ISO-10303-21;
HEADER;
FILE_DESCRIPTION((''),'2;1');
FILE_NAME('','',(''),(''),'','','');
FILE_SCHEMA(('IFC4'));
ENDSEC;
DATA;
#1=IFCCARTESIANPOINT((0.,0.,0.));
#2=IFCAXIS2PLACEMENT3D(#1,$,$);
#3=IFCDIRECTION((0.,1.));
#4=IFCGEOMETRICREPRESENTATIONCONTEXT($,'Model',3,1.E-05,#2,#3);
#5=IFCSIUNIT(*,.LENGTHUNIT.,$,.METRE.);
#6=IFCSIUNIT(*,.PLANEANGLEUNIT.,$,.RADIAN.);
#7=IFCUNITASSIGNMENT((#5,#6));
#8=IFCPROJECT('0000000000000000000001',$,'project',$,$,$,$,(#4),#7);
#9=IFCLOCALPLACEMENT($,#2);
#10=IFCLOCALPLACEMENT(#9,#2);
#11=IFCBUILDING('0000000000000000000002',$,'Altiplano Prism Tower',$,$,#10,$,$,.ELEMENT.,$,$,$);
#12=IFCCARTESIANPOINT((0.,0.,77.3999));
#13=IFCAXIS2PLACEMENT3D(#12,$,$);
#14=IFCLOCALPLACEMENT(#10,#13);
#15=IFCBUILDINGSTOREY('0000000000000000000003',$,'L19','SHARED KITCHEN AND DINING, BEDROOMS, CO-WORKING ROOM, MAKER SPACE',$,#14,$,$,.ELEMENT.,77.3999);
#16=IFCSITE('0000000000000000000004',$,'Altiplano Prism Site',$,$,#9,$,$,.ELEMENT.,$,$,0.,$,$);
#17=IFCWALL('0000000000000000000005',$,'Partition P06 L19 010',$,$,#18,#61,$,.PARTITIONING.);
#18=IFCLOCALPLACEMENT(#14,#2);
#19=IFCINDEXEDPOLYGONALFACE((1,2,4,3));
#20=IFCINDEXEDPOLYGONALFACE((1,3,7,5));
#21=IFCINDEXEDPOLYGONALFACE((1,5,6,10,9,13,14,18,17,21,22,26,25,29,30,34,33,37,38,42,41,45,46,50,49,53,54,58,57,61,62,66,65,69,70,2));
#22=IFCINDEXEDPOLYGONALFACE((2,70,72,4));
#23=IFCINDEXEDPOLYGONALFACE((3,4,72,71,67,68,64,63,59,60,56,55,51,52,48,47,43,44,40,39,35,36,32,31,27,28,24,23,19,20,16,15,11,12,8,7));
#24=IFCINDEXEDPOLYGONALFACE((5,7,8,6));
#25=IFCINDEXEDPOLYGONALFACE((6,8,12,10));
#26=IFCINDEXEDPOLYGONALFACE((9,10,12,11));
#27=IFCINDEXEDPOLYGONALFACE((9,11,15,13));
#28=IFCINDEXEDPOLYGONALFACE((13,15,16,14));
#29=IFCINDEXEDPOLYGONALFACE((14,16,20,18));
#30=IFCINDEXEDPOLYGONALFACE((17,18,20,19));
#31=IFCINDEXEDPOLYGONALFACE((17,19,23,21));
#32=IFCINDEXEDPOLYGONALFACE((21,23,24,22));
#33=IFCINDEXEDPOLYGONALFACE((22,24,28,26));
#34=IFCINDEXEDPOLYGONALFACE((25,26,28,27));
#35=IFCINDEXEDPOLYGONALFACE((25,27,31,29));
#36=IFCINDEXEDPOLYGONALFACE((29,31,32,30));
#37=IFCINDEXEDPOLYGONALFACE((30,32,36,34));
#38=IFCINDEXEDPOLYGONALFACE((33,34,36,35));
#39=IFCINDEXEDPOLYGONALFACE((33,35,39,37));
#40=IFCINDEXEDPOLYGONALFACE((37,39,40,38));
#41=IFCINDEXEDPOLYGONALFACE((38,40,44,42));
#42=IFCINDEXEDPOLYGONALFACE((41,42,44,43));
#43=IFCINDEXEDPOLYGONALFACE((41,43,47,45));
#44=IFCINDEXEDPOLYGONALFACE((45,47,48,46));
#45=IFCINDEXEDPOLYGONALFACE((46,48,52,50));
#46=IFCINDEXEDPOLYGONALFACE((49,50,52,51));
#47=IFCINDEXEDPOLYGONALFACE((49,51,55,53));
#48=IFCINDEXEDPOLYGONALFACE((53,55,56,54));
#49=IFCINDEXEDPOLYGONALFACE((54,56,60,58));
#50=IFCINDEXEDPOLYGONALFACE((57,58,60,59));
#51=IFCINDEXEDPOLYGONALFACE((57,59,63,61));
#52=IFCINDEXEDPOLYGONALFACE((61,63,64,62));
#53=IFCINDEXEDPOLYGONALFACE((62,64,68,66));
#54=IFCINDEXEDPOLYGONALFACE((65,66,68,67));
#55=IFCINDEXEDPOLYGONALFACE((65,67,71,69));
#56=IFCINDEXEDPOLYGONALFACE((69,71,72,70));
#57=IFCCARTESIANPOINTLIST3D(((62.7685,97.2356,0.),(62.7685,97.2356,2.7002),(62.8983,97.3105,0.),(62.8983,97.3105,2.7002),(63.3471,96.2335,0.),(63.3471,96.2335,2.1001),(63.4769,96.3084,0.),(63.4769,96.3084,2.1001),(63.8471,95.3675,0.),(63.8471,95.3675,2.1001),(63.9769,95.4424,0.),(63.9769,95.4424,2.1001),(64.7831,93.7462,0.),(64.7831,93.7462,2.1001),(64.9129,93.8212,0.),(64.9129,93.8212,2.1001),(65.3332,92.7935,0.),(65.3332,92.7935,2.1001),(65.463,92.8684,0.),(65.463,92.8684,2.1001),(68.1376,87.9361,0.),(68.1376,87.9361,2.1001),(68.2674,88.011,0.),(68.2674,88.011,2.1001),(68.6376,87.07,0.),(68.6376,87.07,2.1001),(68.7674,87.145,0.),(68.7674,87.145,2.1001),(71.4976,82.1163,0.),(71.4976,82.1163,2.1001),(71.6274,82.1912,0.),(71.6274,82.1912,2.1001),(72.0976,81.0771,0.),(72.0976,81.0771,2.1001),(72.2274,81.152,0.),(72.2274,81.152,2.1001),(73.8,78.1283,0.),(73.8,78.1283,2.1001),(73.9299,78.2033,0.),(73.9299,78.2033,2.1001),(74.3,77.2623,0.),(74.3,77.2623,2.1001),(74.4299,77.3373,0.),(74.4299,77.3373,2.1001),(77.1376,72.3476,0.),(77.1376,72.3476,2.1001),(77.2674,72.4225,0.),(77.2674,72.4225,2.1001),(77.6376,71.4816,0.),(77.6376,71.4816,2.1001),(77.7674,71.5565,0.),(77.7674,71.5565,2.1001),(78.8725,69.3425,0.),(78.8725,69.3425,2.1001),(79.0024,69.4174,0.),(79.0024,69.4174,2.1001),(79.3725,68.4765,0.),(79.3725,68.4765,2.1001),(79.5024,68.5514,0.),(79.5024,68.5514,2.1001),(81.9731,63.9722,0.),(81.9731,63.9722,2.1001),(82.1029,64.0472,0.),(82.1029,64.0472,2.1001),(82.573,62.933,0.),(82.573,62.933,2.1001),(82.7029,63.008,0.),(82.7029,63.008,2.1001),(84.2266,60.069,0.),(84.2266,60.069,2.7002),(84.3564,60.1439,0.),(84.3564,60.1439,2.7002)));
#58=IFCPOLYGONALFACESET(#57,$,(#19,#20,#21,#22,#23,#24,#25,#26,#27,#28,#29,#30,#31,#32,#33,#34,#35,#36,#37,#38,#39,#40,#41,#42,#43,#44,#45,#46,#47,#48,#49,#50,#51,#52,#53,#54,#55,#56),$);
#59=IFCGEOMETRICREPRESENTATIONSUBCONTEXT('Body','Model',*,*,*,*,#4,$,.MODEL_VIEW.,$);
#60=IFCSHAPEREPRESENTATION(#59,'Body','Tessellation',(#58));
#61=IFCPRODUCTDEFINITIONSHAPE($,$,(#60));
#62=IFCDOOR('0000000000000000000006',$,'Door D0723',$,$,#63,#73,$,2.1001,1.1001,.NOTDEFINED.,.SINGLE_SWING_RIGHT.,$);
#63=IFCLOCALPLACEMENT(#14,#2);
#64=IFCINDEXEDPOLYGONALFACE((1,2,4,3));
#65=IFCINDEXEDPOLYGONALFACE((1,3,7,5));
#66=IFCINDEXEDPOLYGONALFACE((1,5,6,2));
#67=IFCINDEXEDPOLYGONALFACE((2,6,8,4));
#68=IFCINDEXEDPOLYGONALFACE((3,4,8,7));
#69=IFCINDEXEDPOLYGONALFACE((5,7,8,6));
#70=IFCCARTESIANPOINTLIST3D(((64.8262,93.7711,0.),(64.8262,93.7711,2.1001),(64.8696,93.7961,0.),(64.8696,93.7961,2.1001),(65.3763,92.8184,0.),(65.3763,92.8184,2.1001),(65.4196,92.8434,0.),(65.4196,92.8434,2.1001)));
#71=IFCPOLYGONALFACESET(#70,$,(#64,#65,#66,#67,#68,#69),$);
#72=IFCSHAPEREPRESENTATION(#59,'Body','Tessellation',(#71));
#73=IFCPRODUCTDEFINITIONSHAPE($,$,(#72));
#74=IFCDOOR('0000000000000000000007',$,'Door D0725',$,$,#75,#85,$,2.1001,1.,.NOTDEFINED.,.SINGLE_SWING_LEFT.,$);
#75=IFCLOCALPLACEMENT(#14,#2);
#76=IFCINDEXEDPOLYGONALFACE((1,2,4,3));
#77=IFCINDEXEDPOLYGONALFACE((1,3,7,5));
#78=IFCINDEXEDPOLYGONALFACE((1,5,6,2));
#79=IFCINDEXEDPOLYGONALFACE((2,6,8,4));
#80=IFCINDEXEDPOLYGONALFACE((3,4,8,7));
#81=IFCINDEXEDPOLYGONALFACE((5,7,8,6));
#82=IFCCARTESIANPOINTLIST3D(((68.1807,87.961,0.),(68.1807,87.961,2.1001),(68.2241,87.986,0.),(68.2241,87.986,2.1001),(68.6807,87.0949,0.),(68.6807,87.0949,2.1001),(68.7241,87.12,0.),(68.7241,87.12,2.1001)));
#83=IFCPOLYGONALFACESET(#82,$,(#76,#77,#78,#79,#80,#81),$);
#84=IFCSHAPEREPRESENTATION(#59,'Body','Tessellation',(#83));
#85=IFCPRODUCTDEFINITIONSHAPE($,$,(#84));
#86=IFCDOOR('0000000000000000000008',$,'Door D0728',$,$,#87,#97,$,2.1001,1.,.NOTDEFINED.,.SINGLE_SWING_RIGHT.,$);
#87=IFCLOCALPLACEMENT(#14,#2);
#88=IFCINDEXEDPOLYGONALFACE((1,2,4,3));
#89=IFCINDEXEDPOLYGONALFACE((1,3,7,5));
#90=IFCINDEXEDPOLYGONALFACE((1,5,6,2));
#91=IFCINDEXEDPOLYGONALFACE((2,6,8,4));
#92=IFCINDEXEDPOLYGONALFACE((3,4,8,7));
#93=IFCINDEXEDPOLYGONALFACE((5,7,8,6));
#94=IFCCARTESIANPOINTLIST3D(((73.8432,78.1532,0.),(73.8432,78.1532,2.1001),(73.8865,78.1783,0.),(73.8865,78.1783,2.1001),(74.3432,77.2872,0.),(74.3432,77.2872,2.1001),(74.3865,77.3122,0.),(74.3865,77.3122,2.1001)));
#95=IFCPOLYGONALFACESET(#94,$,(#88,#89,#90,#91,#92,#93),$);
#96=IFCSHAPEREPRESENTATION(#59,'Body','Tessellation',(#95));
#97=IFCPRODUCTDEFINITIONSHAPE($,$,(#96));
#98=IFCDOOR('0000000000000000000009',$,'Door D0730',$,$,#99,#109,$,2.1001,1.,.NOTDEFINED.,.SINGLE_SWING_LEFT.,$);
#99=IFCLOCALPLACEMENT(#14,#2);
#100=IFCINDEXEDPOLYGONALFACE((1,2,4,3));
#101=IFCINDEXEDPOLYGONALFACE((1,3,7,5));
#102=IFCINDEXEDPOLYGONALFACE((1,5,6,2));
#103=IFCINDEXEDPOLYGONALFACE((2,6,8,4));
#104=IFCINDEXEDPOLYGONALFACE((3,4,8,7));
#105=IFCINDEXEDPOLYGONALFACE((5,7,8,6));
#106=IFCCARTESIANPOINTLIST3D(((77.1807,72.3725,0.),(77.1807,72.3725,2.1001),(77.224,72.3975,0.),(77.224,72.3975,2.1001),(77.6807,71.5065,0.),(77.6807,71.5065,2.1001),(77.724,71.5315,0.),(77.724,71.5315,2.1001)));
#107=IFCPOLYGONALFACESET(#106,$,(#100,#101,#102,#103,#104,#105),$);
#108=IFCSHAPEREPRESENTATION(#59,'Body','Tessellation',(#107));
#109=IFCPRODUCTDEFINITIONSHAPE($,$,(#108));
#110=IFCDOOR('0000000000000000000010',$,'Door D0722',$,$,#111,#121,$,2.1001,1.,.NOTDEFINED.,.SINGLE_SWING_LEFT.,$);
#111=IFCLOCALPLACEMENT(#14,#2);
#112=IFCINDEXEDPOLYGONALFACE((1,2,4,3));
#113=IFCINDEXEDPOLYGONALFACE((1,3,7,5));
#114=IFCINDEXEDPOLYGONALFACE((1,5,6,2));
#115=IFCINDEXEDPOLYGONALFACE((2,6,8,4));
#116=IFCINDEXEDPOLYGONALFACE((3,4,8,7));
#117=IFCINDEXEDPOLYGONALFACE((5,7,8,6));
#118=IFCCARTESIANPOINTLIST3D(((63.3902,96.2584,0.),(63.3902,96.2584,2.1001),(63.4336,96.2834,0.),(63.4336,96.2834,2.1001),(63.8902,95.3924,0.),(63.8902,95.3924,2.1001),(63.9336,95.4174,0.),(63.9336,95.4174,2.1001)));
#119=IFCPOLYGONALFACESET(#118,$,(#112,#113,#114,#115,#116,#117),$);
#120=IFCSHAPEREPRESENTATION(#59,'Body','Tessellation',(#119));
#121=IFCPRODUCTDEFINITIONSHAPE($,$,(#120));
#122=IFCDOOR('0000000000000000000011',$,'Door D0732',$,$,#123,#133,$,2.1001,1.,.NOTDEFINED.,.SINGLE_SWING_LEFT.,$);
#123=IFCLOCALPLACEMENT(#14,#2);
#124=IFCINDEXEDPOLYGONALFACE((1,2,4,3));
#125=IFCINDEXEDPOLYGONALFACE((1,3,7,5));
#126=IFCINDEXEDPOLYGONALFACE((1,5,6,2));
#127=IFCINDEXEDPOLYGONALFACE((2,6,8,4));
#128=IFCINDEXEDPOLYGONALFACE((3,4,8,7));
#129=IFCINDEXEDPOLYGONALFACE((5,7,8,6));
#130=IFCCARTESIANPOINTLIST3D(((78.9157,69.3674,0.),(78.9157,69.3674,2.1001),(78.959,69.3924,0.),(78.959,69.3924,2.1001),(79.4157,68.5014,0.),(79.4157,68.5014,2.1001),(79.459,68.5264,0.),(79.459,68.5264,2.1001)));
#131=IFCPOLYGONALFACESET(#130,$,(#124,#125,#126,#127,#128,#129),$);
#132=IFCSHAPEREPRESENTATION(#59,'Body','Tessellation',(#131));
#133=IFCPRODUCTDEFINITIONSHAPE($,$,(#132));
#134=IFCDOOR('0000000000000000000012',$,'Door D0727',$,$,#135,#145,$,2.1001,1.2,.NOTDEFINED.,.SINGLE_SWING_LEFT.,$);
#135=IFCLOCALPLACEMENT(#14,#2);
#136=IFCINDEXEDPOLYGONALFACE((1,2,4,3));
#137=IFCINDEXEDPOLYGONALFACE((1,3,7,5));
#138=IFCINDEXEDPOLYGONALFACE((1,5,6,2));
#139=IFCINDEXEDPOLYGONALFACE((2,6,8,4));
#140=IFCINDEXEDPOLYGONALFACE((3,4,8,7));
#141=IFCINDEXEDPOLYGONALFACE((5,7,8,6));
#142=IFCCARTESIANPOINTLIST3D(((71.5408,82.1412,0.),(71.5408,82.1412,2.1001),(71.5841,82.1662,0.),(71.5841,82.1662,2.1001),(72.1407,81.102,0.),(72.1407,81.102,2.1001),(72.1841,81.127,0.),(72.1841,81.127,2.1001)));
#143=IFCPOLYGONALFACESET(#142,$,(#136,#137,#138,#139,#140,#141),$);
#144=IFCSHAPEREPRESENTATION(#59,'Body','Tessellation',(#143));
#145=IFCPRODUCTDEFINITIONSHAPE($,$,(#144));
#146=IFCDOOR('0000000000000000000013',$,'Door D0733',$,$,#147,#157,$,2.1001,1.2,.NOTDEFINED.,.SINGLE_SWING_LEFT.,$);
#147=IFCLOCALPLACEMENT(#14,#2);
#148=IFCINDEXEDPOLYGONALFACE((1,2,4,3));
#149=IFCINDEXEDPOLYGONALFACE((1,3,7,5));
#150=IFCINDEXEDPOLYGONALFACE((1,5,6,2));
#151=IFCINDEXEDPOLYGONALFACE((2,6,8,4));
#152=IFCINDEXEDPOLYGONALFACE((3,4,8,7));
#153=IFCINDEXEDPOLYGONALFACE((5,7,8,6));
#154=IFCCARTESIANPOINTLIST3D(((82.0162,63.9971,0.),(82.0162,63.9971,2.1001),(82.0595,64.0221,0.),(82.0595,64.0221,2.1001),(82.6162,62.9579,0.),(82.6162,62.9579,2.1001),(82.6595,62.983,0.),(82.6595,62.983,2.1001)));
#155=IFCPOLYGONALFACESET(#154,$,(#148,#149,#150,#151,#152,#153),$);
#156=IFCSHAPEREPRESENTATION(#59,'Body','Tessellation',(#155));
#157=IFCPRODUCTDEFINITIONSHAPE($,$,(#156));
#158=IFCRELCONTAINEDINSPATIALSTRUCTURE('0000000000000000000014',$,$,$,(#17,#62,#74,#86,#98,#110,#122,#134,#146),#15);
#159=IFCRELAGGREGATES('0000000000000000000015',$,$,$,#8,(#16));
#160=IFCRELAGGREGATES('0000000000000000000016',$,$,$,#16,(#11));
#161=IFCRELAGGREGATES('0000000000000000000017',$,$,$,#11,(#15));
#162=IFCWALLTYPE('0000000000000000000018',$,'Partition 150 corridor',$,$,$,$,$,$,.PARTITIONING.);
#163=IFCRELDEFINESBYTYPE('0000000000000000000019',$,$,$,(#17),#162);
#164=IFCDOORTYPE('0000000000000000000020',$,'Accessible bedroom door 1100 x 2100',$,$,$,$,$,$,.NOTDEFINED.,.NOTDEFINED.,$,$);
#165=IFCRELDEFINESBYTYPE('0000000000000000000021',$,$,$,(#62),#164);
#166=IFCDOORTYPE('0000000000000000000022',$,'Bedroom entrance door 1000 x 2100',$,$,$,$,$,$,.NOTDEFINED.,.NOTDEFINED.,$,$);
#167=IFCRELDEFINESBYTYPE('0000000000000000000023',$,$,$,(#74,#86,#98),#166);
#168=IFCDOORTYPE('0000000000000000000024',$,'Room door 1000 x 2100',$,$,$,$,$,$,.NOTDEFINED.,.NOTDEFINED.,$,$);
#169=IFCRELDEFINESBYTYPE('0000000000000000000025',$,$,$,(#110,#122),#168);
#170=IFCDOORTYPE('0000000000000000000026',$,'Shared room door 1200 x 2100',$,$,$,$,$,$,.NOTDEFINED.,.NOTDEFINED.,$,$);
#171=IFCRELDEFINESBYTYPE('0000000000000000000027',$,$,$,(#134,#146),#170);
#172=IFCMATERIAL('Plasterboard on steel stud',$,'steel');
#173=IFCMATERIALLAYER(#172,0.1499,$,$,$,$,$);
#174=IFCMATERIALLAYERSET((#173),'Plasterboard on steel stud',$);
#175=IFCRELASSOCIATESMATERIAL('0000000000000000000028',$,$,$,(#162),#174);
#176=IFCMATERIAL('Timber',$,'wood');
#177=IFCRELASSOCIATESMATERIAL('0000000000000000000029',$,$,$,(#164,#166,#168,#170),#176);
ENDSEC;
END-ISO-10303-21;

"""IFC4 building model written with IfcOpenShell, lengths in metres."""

from ifc_helpers import new_model, si_unit, direction, frame, frame_2d, origin, place, context, subcontext, project, spatial, rectangle, extrude, material, layer, layer_set, type_object, element, fill, save


model = new_model("IFC4")

# Units and contexts
model_context = context("Model", 3, precision=1e-05, world=origin(), true_north=direction((0.0, 1.0)))
body_context = subcontext(model_context, "Body", "Model", "MODEL_VIEW")
ifc_project = project(units=[si_unit("LENGTHUNIT", "METRE"), si_unit("PLANEANGLEUNIT", "RADIAN")], contexts=[model_context])

# Site, building, storey
site_placement = place(None, origin())
site = spatial("IfcSite", under=ifc_project, at=site_placement, Name="Altiplano Prism Site", CompositionType="ELEMENT", RefElevation=0.0)
building_placement = place(site_placement, origin())
building = spatial("IfcBuilding", under=site, at=building_placement, Name="Altiplano Prism Tower", CompositionType="ELEMENT")
storey_placement = place(building_placement, frame((0.0, 0.0, 77.3999)))
storey = spatial("IfcBuildingStorey", under=building, at=storey_placement, Name="L19", Description="SHARED KITCHEN AND DINING, BEDROOMS, CO-WORKING ROOM, MAKER SPACE", CompositionType="ELEMENT", Elevation=77.3999)

# Shared definitions
ifc_material_1 = material(Name="Plasterboard on steel stud", Category="steel")

# Shared definitions
ifc_layer_1 = layer(ifc_material_1, 0.1499)
ifc_layer_set_1 = layer_set([ifc_layer_1], Name="Plasterboard on steel stud")
wall_type_1 = type_object("IfcWallType", Name="Partition 150 corridor", PredefinedType="PARTITIONING", material=ifc_layer_set_1)
ifc_material_2 = material(Name="Timber", Category="wood")

# Wall, openings, doors
wall_1_placement = place(storey_placement, frame((62.8335, 97.2729, 0.0), z_axis=(0.0, 0.0, 1.0), x_axis=(0.499999, -0.866026, 0.0)))
wall_1 = element("IfcWall", 1, at=wall_1_placement, inside=storey, type_object=wall_type_1, Name="Partition P06 L19 010", PredefinedType="PARTITIONING", context=body_context, shape_type="SweptSolid", body=[
    extrude(rectangle(XDim=42.9163, YDim=0.1499, at=frame_2d((21.458, 0.0))), origin(), (0.0, 0.0, 1.0), 2.7002),
])
opening_1_placement = place(wall_1_placement, frame((1.157, 0.0, 0.0)))
opening_1 = element("IfcOpeningElement", 2, at=opening_1_placement, cuts=wall_1, PredefinedType="OPENING", context=body_context, shape_type="SweptSolid", body=[
    extrude(rectangle(XDim=1.0, YDim=2.1001, at=frame_2d((0.5, 1.05))), frame((0.0, 0.0854, 0.0), z_axis=(0.0, -1.0, 0.0), x_axis=(1.0, 0.0, 0.0)), (0.0, 0.0, 1.0), 0.1709),
])
opening_2_placement = place(wall_1_placement, frame((4.0291, 0.0, 0.0)))
opening_2 = element("IfcOpeningElement", 3, at=opening_2_placement, cuts=wall_1, PredefinedType="OPENING", context=body_context, shape_type="SweptSolid", body=[
    extrude(rectangle(XDim=1.1001, YDim=2.1001, at=frame_2d((0.55, 1.05))), frame((0.0, 0.0854, 0.0), z_axis=(0.0, -1.0, 0.0), x_axis=(1.0, 0.0, 0.0)), (0.0, 0.0, 1.0), 0.1709),
])
opening_3_placement = place(wall_1_placement, frame((10.738, 0.0, 0.0)))
opening_3 = element("IfcOpeningElement", 4, at=opening_3_placement, cuts=wall_1, PredefinedType="OPENING", context=body_context, shape_type="SweptSolid", body=[
    extrude(rectangle(XDim=1.0, YDim=2.1001, at=frame_2d((0.5, 1.05))), frame((0.0, 0.0854, 0.0), z_axis=(0.0, -1.0, 0.0), x_axis=(1.0, 0.0, 0.0)), (0.0, 0.0, 1.0), 0.1709),
])
opening_4_placement = place(wall_1_placement, frame((17.458, 0.0, 0.0)))
opening_4 = element("IfcOpeningElement", 5, at=opening_4_placement, cuts=wall_1, PredefinedType="OPENING", context=body_context, shape_type="SweptSolid", body=[
    extrude(rectangle(XDim=1.2, YDim=2.1001, at=frame_2d((0.6001, 1.05))), frame((0.0, 0.0854, 0.0), z_axis=(0.0, -1.0, 0.0), x_axis=(1.0, 0.0, 0.0)), (0.0, 0.0, 1.0), 0.1709),
])
opening_5_placement = place(wall_1_placement, frame((22.063, 0.0, 0.0)))
opening_5 = element("IfcOpeningElement", 6, at=opening_5_placement, cuts=wall_1, PredefinedType="OPENING", context=body_context, shape_type="SweptSolid", body=[
    extrude(rectangle(XDim=1.0, YDim=2.1001, at=frame_2d((0.5, 1.05))), frame((0.0, 0.0854, 0.0), z_axis=(0.0, -1.0, 0.0), x_axis=(1.0, 0.0, 0.0)), (0.0, 0.0, 1.0), 0.1709),
])
opening_6_placement = place(wall_1_placement, frame((28.738, 0.0, 0.0)))
opening_6 = element("IfcOpeningElement", 7, at=opening_6_placement, cuts=wall_1, PredefinedType="OPENING", context=body_context, shape_type="SweptSolid", body=[
    extrude(rectangle(XDim=1.0, YDim=2.1001, at=frame_2d((0.5, 1.05))), frame((0.0, 0.0854, 0.0), z_axis=(0.0, -1.0, 0.0), x_axis=(1.0, 0.0, 0.0)), (0.0, 0.0, 1.0), 0.1709),
])
opening_7_placement = place(wall_1_placement, frame((32.208, 0.0, 0.0)))
opening_7 = element("IfcOpeningElement", 8, at=opening_7_placement, cuts=wall_1, PredefinedType="OPENING", context=body_context, shape_type="SweptSolid", body=[
    extrude(rectangle(XDim=1.0, YDim=2.1001, at=frame_2d((0.5, 1.05))), frame((0.0, 0.0854, 0.0), z_axis=(0.0, -1.0, 0.0), x_axis=(1.0, 0.0, 0.0)), (0.0, 0.0, 1.0), 0.1709),
])
opening_8_placement = place(wall_1_placement, frame((38.4089, 0.0, 0.0)))
opening_8 = element("IfcOpeningElement", 9, at=opening_8_placement, cuts=wall_1, PredefinedType="OPENING", context=body_context, shape_type="SweptSolid", body=[
    extrude(rectangle(XDim=1.2, YDim=2.1001, at=frame_2d((0.6001, 1.05))), frame((0.0, 0.0854, 0.0), z_axis=(0.0, -1.0, 0.0), x_axis=(1.0, 0.0, 0.0)), (0.0, 0.0, 1.0), 0.1709),
])
door_type_1 = type_object("IfcDoorType", Name="Accessible bedroom door 1100 x 2100", OperationType="NOTDEFINED", PredefinedType="NOTDEFINED", material=ifc_material_2)
door_1_placement = place(opening_2_placement, origin())
door_1 = element("IfcDoor", 10, at=door_1_placement, inside=storey, type_object=door_type_1, Name="Door D0723", OperationType="SINGLE_SWING_RIGHT", OverallHeight=2.1001, OverallWidth=1.1001, PredefinedType="NOTDEFINED", context=body_context, shape_type="SweptSolid", body=[
    extrude(rectangle(XDim=1.1001, YDim=2.1001, at=frame_2d((0.55, 1.05))), frame((0.0, 0.0249, 0.0), z_axis=(0.0, -1.0, 0.0), x_axis=(1.0, 0.0, 0.0)), (0.0, 0.0, 1.0), 0.05),
])
fill(opening_2, door_1)
door_type_2 = type_object("IfcDoorType", Name="Bedroom entrance door 1000 x 2100", OperationType="NOTDEFINED", PredefinedType="NOTDEFINED", material=ifc_material_2)
door_2_placement = place(opening_3_placement, origin())
door_2 = element("IfcDoor", 11, at=door_2_placement, inside=storey, type_object=door_type_2, Name="Door D0725", OperationType="SINGLE_SWING_LEFT", OverallHeight=2.1001, OverallWidth=1.0, PredefinedType="NOTDEFINED", context=body_context, shape_type="SweptSolid", body=[
    extrude(rectangle(XDim=1.0, YDim=2.1001, at=frame_2d((0.5, 1.05))), frame((0.0, 0.0249, 0.0), z_axis=(0.0, -1.0, 0.0), x_axis=(1.0, 0.0, 0.0)), (0.0, 0.0, 1.0), 0.05),
])
fill(opening_3, door_2)
door_3_placement = place(opening_5_placement, origin())
door_3 = element("IfcDoor", 12, at=door_3_placement, inside=storey, type_object=door_type_2, Name="Door D0728", OperationType="SINGLE_SWING_RIGHT", OverallHeight=2.1001, OverallWidth=1.0, PredefinedType="NOTDEFINED", context=body_context, shape_type="SweptSolid", body=[
    extrude(rectangle(XDim=1.0, YDim=2.1001, at=frame_2d((0.5, 1.05))), frame((0.0, 0.0249, 0.0), z_axis=(0.0, -1.0, 0.0), x_axis=(1.0, 0.0, 0.0)), (0.0, 0.0, 1.0), 0.05),
])
fill(opening_5, door_3)
door_4_placement = place(opening_6_placement, origin())
door_4 = element("IfcDoor", 13, at=door_4_placement, inside=storey, type_object=door_type_2, Name="Door D0730", OperationType="SINGLE_SWING_LEFT", OverallHeight=2.1001, OverallWidth=1.0, PredefinedType="NOTDEFINED", context=body_context, shape_type="SweptSolid", body=[
    extrude(rectangle(XDim=1.0, YDim=2.1001, at=frame_2d((0.5, 1.05))), frame((0.0, 0.0249, 0.0), z_axis=(0.0, -1.0, 0.0), x_axis=(1.0, 0.0, 0.0)), (0.0, 0.0, 1.0), 0.05),
])
fill(opening_6, door_4)
door_type_3 = type_object("IfcDoorType", Name="Room door 1000 x 2100", OperationType="NOTDEFINED", PredefinedType="NOTDEFINED", material=ifc_material_2)
door_5_placement = place(opening_1_placement, origin())
door_5 = element("IfcDoor", 14, at=door_5_placement, inside=storey, type_object=door_type_3, Name="Door D0722", OperationType="SINGLE_SWING_LEFT", OverallHeight=2.1001, OverallWidth=1.0, PredefinedType="NOTDEFINED", context=body_context, shape_type="SweptSolid", body=[
    extrude(rectangle(XDim=1.0, YDim=2.1001, at=frame_2d((0.5, 1.05))), frame((0.0, 0.0249, 0.0), z_axis=(0.0, -1.0, 0.0), x_axis=(1.0, 0.0, 0.0)), (0.0, 0.0, 1.0), 0.05),
])
fill(opening_1, door_5)
door_6_placement = place(opening_7_placement, origin())
door_6 = element("IfcDoor", 15, at=door_6_placement, inside=storey, type_object=door_type_3, Name="Door D0732", OperationType="SINGLE_SWING_LEFT", OverallHeight=2.1001, OverallWidth=1.0, PredefinedType="NOTDEFINED", context=body_context, shape_type="SweptSolid", body=[
    extrude(rectangle(XDim=1.0, YDim=2.1001, at=frame_2d((0.5, 1.05))), frame((0.0, 0.0249, 0.0), z_axis=(0.0, -1.0, 0.0), x_axis=(1.0, 0.0, 0.0)), (0.0, 0.0, 1.0), 0.05),
])
fill(opening_7, door_6)
door_type_4 = type_object("IfcDoorType", Name="Shared room door 1200 x 2100", OperationType="NOTDEFINED", PredefinedType="NOTDEFINED", material=ifc_material_2)
door_7_placement = place(opening_4_placement, origin())
door_7 = element("IfcDoor", 16, at=door_7_placement, inside=storey, type_object=door_type_4, Name="Door D0727", OperationType="SINGLE_SWING_LEFT", OverallHeight=2.1001, OverallWidth=1.2, PredefinedType="NOTDEFINED", context=body_context, shape_type="SweptSolid", body=[
    extrude(rectangle(XDim=1.2, YDim=2.1001, at=frame_2d((0.6001, 1.05))), frame((0.0, 0.0249, 0.0), z_axis=(0.0, -1.0, 0.0), x_axis=(1.0, 0.0, 0.0)), (0.0, 0.0, 1.0), 0.05),
])
fill(opening_4, door_7)
door_8_placement = place(opening_8_placement, origin())
door_8 = element("IfcDoor", 17, at=door_8_placement, inside=storey, type_object=door_type_4, Name="Door D0733", OperationType="SINGLE_SWING_LEFT", OverallHeight=2.1001, OverallWidth=1.2, PredefinedType="NOTDEFINED", context=body_context, shape_type="SweptSolid", body=[
    extrude(rectangle(XDim=1.2, YDim=2.1001, at=frame_2d((0.6001, 1.05))), frame((0.0, 0.0249, 0.0), z_axis=(0.0, -1.0, 0.0), x_axis=(1.0, 0.0, 0.0)), (0.0, 0.0, 1.0), 0.05),
])
fill(opening_8, door_8)

save(model, "model.ifc")
